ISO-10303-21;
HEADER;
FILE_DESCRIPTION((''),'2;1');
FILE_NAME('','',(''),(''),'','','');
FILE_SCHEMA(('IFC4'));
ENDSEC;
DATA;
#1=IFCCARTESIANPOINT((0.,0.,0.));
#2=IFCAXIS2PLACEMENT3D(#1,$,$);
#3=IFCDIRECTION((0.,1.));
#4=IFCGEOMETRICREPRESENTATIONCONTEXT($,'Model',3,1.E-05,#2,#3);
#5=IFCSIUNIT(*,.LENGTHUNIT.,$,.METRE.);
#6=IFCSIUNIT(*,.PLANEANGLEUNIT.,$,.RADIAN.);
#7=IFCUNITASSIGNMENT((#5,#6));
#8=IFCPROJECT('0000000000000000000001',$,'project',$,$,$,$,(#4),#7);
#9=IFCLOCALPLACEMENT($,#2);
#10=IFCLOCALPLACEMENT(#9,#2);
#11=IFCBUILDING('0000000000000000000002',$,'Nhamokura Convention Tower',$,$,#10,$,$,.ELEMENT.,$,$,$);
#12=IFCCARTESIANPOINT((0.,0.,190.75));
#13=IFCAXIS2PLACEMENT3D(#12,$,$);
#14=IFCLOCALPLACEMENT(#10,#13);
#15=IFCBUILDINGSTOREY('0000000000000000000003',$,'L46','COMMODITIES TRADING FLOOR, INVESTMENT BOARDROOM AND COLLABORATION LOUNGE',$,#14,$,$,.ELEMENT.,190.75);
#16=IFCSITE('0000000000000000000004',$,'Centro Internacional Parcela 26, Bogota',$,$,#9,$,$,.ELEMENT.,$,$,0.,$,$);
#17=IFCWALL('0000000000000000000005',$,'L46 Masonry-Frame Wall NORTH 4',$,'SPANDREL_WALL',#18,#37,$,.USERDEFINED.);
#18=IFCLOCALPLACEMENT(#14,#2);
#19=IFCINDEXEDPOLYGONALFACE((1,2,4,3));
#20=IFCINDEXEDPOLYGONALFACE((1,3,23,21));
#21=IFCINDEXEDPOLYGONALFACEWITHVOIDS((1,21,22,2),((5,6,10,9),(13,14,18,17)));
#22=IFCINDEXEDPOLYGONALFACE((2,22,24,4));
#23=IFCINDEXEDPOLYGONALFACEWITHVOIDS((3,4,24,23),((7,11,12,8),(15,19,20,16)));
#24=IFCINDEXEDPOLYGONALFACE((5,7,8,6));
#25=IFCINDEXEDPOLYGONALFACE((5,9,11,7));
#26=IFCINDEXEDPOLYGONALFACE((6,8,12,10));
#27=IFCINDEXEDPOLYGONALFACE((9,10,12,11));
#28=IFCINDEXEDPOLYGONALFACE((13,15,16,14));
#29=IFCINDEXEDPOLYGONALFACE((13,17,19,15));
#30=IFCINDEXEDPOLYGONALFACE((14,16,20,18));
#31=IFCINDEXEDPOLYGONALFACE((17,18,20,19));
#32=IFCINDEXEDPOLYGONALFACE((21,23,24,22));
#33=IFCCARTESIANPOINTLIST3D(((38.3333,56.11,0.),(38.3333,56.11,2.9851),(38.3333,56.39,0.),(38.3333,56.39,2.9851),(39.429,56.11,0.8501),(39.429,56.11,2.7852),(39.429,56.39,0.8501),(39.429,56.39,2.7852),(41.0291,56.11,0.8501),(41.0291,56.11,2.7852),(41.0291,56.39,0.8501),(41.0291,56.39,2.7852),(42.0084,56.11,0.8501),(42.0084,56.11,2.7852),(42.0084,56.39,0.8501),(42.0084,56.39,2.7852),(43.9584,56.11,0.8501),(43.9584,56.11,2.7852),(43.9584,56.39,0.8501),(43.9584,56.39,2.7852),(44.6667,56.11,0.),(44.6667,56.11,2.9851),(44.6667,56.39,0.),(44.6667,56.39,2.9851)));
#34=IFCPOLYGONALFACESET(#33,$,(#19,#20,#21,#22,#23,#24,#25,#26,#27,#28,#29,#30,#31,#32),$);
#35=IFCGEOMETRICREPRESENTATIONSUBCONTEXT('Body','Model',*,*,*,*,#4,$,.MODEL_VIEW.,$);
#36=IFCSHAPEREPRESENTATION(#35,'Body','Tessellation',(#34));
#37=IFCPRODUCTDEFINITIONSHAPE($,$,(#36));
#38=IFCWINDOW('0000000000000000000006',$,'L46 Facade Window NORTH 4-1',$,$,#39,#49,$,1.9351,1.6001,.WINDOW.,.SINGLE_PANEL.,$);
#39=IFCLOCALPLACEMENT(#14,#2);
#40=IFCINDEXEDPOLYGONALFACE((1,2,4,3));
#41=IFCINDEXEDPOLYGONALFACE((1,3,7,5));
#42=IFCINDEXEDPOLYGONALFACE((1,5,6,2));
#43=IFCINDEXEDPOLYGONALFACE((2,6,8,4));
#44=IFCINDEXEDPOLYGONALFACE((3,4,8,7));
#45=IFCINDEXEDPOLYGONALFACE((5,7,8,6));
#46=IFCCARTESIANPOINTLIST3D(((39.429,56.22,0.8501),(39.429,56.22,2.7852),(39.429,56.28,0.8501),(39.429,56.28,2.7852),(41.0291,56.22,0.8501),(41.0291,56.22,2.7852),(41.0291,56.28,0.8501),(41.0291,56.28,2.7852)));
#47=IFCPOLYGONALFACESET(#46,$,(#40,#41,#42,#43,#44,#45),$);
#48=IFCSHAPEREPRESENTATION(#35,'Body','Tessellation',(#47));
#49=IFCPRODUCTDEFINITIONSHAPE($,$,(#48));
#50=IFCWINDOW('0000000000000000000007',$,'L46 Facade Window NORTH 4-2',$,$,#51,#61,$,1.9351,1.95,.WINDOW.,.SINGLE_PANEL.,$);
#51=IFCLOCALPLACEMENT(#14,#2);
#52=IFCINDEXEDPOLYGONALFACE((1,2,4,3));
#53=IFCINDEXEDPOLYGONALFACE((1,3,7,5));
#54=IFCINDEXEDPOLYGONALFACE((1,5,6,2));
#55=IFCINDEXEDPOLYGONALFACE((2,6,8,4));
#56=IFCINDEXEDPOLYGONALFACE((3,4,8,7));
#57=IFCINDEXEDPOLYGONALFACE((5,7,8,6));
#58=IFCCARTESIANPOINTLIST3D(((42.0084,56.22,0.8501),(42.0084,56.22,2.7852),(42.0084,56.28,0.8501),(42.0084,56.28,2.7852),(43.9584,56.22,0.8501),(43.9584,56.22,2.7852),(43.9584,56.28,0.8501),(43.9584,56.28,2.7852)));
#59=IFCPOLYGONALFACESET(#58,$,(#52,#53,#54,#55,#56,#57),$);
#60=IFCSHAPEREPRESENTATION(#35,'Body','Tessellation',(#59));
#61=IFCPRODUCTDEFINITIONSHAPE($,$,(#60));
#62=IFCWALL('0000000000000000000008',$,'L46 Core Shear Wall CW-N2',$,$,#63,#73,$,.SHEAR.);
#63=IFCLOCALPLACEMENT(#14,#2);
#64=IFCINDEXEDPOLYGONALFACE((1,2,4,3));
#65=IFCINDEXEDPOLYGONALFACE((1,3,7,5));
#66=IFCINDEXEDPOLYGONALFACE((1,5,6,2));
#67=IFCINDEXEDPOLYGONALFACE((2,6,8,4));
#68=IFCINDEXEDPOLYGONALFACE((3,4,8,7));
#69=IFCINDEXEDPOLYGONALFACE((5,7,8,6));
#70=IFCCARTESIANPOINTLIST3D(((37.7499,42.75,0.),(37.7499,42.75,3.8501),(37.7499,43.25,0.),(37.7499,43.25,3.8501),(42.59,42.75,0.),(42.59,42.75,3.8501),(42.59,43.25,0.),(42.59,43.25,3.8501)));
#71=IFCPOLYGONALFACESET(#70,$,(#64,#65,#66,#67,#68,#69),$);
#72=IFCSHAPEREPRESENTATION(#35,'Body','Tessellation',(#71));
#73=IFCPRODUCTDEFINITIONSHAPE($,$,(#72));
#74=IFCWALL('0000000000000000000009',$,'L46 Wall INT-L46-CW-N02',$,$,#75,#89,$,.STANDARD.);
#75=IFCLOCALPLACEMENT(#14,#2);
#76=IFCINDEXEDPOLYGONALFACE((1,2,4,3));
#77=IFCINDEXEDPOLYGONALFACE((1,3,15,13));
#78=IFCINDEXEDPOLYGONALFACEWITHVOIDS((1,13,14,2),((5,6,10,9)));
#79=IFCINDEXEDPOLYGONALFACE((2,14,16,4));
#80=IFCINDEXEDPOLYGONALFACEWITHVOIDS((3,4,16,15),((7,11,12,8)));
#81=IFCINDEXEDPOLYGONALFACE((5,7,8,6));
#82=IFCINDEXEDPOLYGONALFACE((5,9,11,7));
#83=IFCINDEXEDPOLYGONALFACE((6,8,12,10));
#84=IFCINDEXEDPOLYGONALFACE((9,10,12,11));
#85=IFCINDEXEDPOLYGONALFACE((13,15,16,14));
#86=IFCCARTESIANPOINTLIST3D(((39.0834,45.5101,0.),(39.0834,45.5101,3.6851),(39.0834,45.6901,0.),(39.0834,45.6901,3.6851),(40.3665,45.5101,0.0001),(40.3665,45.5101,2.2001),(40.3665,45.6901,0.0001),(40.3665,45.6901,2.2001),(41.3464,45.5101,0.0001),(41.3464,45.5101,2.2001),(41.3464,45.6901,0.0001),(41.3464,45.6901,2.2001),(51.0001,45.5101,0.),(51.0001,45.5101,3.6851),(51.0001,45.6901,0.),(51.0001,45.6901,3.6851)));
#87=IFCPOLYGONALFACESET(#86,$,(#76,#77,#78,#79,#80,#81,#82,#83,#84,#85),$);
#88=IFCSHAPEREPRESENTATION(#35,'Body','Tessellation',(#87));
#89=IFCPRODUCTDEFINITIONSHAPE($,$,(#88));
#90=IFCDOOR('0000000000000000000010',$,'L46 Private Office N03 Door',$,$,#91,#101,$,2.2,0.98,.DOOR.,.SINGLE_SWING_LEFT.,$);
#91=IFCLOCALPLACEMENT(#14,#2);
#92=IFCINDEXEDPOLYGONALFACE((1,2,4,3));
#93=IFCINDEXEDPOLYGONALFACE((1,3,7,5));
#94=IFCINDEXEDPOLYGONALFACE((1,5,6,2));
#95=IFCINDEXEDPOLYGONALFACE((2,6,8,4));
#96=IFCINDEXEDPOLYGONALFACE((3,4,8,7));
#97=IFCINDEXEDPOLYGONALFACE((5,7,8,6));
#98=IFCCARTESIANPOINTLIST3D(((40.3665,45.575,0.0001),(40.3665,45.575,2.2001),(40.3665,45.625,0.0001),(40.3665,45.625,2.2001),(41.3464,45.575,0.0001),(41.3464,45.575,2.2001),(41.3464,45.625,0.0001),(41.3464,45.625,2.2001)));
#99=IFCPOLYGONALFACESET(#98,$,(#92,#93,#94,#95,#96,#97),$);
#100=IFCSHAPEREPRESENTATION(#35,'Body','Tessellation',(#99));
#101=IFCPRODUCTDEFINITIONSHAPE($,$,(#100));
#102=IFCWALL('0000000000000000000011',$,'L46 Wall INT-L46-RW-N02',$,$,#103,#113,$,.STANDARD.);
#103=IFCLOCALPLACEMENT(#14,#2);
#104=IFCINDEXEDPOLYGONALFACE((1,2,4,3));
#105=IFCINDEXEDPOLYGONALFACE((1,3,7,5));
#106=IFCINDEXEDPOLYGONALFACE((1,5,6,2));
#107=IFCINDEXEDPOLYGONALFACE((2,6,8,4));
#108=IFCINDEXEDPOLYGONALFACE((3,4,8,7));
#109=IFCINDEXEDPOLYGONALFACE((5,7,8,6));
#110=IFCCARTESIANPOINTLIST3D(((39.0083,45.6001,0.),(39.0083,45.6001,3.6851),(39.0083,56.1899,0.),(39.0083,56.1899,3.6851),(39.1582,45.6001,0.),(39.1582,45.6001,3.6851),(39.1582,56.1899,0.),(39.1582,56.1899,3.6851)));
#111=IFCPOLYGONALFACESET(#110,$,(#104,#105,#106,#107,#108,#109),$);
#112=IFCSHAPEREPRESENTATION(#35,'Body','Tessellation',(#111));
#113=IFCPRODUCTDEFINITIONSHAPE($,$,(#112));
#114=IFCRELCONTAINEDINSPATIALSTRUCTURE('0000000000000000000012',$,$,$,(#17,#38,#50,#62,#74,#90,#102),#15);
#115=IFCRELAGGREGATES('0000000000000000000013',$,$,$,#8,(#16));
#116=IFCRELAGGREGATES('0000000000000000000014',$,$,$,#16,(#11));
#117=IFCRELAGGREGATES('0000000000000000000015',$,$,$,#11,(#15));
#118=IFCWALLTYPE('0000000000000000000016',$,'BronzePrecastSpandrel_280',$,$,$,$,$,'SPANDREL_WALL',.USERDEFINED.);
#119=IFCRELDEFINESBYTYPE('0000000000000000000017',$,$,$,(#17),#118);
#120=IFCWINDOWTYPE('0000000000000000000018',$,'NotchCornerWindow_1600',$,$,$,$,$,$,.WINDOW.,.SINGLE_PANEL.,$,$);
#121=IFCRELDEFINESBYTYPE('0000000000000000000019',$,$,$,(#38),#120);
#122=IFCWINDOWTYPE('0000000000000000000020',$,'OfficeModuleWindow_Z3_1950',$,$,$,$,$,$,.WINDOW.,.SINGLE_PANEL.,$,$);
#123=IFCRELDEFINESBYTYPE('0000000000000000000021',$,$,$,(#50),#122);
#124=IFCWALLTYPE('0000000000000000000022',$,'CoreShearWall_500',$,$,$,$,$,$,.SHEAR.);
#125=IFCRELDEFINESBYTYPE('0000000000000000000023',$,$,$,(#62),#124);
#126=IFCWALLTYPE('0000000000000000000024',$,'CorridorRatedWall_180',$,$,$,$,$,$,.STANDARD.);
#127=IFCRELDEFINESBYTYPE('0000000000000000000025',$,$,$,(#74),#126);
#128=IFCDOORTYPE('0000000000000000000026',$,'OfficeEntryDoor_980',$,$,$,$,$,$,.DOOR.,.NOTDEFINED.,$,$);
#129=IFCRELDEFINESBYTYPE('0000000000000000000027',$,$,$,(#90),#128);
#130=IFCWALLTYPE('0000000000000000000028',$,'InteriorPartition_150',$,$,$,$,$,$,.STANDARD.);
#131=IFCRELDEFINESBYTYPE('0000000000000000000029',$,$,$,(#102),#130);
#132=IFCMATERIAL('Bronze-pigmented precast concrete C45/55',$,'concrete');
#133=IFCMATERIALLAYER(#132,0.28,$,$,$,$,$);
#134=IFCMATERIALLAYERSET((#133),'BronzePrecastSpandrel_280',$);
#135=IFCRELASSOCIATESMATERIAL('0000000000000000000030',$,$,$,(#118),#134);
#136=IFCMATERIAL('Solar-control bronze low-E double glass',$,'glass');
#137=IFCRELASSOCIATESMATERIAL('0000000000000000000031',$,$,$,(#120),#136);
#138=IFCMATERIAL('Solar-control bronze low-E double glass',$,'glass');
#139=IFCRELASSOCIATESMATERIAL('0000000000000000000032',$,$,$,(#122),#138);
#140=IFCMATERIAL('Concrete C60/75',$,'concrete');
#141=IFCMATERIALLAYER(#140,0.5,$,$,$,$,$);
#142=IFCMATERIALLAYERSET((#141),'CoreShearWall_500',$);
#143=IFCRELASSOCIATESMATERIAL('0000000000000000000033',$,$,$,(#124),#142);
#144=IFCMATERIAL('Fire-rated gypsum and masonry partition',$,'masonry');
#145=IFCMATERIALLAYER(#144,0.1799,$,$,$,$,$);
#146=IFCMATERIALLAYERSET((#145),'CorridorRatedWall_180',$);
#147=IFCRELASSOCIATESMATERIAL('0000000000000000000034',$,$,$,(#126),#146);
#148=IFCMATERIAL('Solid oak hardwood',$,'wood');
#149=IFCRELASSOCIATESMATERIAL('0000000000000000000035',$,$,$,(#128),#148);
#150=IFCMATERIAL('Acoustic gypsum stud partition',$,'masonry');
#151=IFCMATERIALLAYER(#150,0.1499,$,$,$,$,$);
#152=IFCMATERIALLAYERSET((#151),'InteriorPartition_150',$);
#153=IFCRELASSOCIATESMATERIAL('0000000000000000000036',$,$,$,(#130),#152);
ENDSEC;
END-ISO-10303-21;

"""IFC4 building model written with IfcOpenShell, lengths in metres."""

from ifc_helpers import new_model, si_unit, direction, frame, frame_2d, origin, place, context, subcontext, project, spatial, rectangle, extrude, material, layer, layer_set, type_object, element, fill, save


model = new_model("IFC4")

# Units and contexts
model_context = context("Model", 3, precision=1e-05, world=origin(), true_north=direction((0.0, 1.0)))
body_context = subcontext(model_context, "Body", "Model", "MODEL_VIEW")
ifc_project = project(units=[si_unit("LENGTHUNIT", "METRE"), si_unit("PLANEANGLEUNIT", "RADIAN")], contexts=[model_context])

# Site, building, storey
site_placement = place(None, origin())
site = spatial("IfcSite", under=ifc_project, at=site_placement, Name="Centro Internacional Parcela 26, Bogota", CompositionType="ELEMENT", RefElevation=0.0)
building_placement = place(site_placement, origin())
building = spatial("IfcBuilding", under=site, at=building_placement, Name="Nhamokura Convention Tower", CompositionType="ELEMENT")
storey_placement = place(building_placement, frame((0.0, 0.0, 190.75)))
storey = spatial("IfcBuildingStorey", under=building, at=storey_placement, Name="L46", Description="COMMODITIES TRADING FLOOR, INVESTMENT BOARDROOM AND COLLABORATION LOUNGE", CompositionType="ELEMENT", Elevation=190.75)

# Shared definitions
ifc_material_1 = material(Name="Bronze-pigmented precast concrete C45/55", Category="concrete")
ifc_layer_1 = layer(ifc_material_1, 0.28)
ifc_layer_set_1 = layer_set([ifc_layer_1], Name="BronzePrecastSpandrel_280")
wall_type_1 = type_object("IfcWallType", Name="BronzePrecastSpandrel_280", ElementType="SPANDREL_WALL", PredefinedType="USERDEFINED", material=ifc_layer_set_1)

# Wall, openings, windows
wall_1_placement = place(storey_placement, frame((38.3333, 56.25, 0.0), z_axis=(0.0, 0.0, 1.0), x_axis=(1.0, 0.0, 0.0)))
wall_1 = element("IfcWall", 1, at=wall_1_placement, inside=storey, type_object=wall_type_1, Name="L46 Masonry-Frame Wall NORTH 4", ObjectType="SPANDREL_WALL", PredefinedType="USERDEFINED", context=body_context, shape_type="SweptSolid", body=[
    extrude(rectangle(XDim=6.3335, YDim=0.28, at=frame_2d((3.1667, 0.0))), origin(), (0.0, 0.0, 1.0), 2.9851),
])
opening_1_placement = place(wall_1_placement, frame((1.0957, 0.0, 0.8501)))
opening_1 = element("IfcOpeningElement", 2, at=opening_1_placement, cuts=wall_1, PredefinedType="OPENING", context=body_context, shape_type="SweptSolid", body=[
    extrude(rectangle(XDim=1.6001, YDim=1.9351, at=frame_2d((0.8, 0.9675))), frame((0.0, 0.1499, 0.0), z_axis=(0.0, -1.0, 0.0), x_axis=(1.0, 0.0, 0.0)), (0.0, 0.0, 1.0), 0.3),
])
opening_2_placement = place(wall_1_placement, frame((3.675, 0.0, 0.8501)))
opening_2 = element("IfcOpeningElement", 3, at=opening_2_placement, cuts=wall_1, PredefinedType="OPENING", context=body_context, shape_type="SweptSolid", body=[
    extrude(rectangle(XDim=1.95, YDim=1.9351, at=frame_2d((0.9751, 0.9675))), frame((0.0, 0.1499, 0.0), z_axis=(0.0, -1.0, 0.0), x_axis=(1.0, 0.0, 0.0)), (0.0, 0.0, 1.0), 0.3),
])
ifc_material_2 = material(Name="Solar-control bronze low-E double glass", Category="glass")
window_type_1 = type_object("IfcWindowType", Name="NotchCornerWindow_1600", PartitioningType="SINGLE_PANEL", PredefinedType="WINDOW", material=ifc_material_2)
window_1_placement = place(opening_1_placement, origin())
window_1 = element("IfcWindow", 4, at=window_1_placement, inside=storey, type_object=window_type_1, Name="L46 Facade Window NORTH 4-1", OverallHeight=1.9351, OverallWidth=1.6001, PartitioningType="SINGLE_PANEL", PredefinedType="WINDOW", context=body_context, shape_type="SweptSolid", body=[
    extrude(rectangle(XDim=1.6001, YDim=1.9351, at=frame_2d((0.8, 0.9675))), frame((0.0, 0.03, 0.0), z_axis=(0.0, -1.0, 0.0), x_axis=(1.0, 0.0, 0.0)), (0.0, 0.0, 1.0), 0.0601),
])
fill(opening_1, window_1)
ifc_material_3 = material(Name="Solar-control bronze low-E double glass", Category="glass")
window_type_2 = type_object("IfcWindowType", Name="OfficeModuleWindow_Z3_1950", PartitioningType="SINGLE_PANEL", PredefinedType="WINDOW", material=ifc_material_3)
window_2_placement = place(opening_2_placement, origin())
window_2 = element("IfcWindow", 5, at=window_2_placement, inside=storey, type_object=window_type_2, Name="L46 Facade Window NORTH 4-2", OverallHeight=1.9351, OverallWidth=1.95, PartitioningType="SINGLE_PANEL", PredefinedType="WINDOW", context=body_context, shape_type="SweptSolid", body=[
    extrude(rectangle(XDim=1.95, YDim=1.9351, at=frame_2d((0.9751, 0.9675))), frame((0.0, 0.03, 0.0), z_axis=(0.0, -1.0, 0.0), x_axis=(1.0, 0.0, 0.0)), (0.0, 0.0, 1.0), 0.0601),
])
fill(opening_2, window_2)

# Wall
ifc_material_4 = material(Name="Concrete C60/75", Category="concrete")
ifc_layer_2 = layer(ifc_material_4, 0.5)
ifc_layer_set_2 = layer_set([ifc_layer_2], Name="CoreShearWall_500")
wall_type_2 = type_object("IfcWallType", Name="CoreShearWall_500", PredefinedType="SHEAR", material=ifc_layer_set_2)
wall_2_placement = place(storey_placement, frame((37.75, 43.0, 0.0), z_axis=(0.0, 0.0, 1.0), x_axis=(1.0, 0.0, 0.0)))
element("IfcWall", 6, at=wall_2_placement, inside=storey, type_object=wall_type_2, Name="L46 Core Shear Wall CW-N2", PredefinedType="SHEAR", context=body_context, shape_type="SweptSolid", body=[
    extrude(rectangle(XDim=4.8401, YDim=0.5, at=frame_2d((2.4199, 0.0))), origin(), (0.0, 0.0, 1.0), 3.8501),
])

# Wall, opening, door
ifc_material_5 = material(Name="Fire-rated gypsum and masonry partition", Category="masonry")
ifc_layer_3 = layer(ifc_material_5, 0.1799)
ifc_layer_set_3 = layer_set([ifc_layer_3], Name="CorridorRatedWall_180")
wall_type_3 = type_object("IfcWallType", Name="CorridorRatedWall_180", PredefinedType="STANDARD", material=ifc_layer_set_3)
wall_3_placement = place(storey_placement, frame((39.0833, 45.6001, 0.0), z_axis=(0.0, 0.0, 1.0), x_axis=(1.0, 0.0, 0.0)))
wall_3 = element("IfcWall", 7, at=wall_3_placement, inside=storey, type_object=wall_type_3, Name="L46 Wall INT-L46-CW-N02", PredefinedType="STANDARD", context=body_context, shape_type="SweptSolid", body=[
    extrude(rectangle(XDim=11.9167, YDim=0.1799, at=frame_2d((5.9585, 0.0))), origin(), (0.0, 0.0, 1.0), 3.6851),
])
opening_3_placement = place(wall_3_placement, frame((1.2832, 0.0, 0.0)))
opening_3 = element("IfcOpeningElement", 8, at=opening_3_placement, cuts=wall_3, PredefinedType="OPENING", context=body_context, shape_type="SweptSolid", body=[
    extrude(rectangle(XDim=0.98, YDim=2.2, at=frame_2d((0.49, 1.1001))), frame((0.0, 0.0999, 0.0), z_axis=(0.0, -1.0, 0.0), x_axis=(1.0, 0.0, 0.0)), (0.0, 0.0, 1.0), 0.2),
])
ifc_material_6 = material(Name="Solid oak hardwood", Category="wood")
door_type_1 = type_object("IfcDoorType", Name="OfficeEntryDoor_980", OperationType="NOTDEFINED", PredefinedType="DOOR", material=ifc_material_6)
door_1_placement = place(opening_3_placement, origin())
door_1 = element("IfcDoor", 9, at=door_1_placement, inside=storey, type_object=door_type_1, Name="L46 Private Office N03 Door", OperationType="SINGLE_SWING_LEFT", OverallHeight=2.2, OverallWidth=0.98, PredefinedType="DOOR", context=body_context, shape_type="SweptSolid", body=[
    extrude(rectangle(XDim=0.98, YDim=2.2, at=frame_2d((0.49, 1.1001))), frame((0.0, 0.0249, 0.0), z_axis=(0.0, -1.0, 0.0), x_axis=(1.0, 0.0, 0.0)), (0.0, 0.0, 1.0), 0.05),
])
fill(opening_3, door_1)

# Wall
ifc_material_7 = material(Name="Acoustic gypsum stud partition", Category="masonry")
ifc_layer_4 = layer(ifc_material_7, 0.1499)
ifc_layer_set_4 = layer_set([ifc_layer_4], Name="InteriorPartition_150")
wall_type_4 = type_object("IfcWallType", Name="InteriorPartition_150", PredefinedType="STANDARD", material=ifc_layer_set_4)
wall_4_placement = place(storey_placement, frame((39.0833, 45.6001, 0.0), z_axis=(0.0, 0.0, 1.0), x_axis=(0.0, 1.0, 0.0)))
element("IfcWall", 10, at=wall_4_placement, inside=storey, type_object=wall_type_4, Name="L46 Wall INT-L46-RW-N02", PredefinedType="STANDARD", context=body_context, shape_type="SweptSolid", body=[
    extrude(rectangle(XDim=10.5898, YDim=0.1499, at=frame_2d((5.2949, 0.0))), origin(), (0.0, 0.0, 1.0), 3.6851),
])

save(model, "model.ifc")
